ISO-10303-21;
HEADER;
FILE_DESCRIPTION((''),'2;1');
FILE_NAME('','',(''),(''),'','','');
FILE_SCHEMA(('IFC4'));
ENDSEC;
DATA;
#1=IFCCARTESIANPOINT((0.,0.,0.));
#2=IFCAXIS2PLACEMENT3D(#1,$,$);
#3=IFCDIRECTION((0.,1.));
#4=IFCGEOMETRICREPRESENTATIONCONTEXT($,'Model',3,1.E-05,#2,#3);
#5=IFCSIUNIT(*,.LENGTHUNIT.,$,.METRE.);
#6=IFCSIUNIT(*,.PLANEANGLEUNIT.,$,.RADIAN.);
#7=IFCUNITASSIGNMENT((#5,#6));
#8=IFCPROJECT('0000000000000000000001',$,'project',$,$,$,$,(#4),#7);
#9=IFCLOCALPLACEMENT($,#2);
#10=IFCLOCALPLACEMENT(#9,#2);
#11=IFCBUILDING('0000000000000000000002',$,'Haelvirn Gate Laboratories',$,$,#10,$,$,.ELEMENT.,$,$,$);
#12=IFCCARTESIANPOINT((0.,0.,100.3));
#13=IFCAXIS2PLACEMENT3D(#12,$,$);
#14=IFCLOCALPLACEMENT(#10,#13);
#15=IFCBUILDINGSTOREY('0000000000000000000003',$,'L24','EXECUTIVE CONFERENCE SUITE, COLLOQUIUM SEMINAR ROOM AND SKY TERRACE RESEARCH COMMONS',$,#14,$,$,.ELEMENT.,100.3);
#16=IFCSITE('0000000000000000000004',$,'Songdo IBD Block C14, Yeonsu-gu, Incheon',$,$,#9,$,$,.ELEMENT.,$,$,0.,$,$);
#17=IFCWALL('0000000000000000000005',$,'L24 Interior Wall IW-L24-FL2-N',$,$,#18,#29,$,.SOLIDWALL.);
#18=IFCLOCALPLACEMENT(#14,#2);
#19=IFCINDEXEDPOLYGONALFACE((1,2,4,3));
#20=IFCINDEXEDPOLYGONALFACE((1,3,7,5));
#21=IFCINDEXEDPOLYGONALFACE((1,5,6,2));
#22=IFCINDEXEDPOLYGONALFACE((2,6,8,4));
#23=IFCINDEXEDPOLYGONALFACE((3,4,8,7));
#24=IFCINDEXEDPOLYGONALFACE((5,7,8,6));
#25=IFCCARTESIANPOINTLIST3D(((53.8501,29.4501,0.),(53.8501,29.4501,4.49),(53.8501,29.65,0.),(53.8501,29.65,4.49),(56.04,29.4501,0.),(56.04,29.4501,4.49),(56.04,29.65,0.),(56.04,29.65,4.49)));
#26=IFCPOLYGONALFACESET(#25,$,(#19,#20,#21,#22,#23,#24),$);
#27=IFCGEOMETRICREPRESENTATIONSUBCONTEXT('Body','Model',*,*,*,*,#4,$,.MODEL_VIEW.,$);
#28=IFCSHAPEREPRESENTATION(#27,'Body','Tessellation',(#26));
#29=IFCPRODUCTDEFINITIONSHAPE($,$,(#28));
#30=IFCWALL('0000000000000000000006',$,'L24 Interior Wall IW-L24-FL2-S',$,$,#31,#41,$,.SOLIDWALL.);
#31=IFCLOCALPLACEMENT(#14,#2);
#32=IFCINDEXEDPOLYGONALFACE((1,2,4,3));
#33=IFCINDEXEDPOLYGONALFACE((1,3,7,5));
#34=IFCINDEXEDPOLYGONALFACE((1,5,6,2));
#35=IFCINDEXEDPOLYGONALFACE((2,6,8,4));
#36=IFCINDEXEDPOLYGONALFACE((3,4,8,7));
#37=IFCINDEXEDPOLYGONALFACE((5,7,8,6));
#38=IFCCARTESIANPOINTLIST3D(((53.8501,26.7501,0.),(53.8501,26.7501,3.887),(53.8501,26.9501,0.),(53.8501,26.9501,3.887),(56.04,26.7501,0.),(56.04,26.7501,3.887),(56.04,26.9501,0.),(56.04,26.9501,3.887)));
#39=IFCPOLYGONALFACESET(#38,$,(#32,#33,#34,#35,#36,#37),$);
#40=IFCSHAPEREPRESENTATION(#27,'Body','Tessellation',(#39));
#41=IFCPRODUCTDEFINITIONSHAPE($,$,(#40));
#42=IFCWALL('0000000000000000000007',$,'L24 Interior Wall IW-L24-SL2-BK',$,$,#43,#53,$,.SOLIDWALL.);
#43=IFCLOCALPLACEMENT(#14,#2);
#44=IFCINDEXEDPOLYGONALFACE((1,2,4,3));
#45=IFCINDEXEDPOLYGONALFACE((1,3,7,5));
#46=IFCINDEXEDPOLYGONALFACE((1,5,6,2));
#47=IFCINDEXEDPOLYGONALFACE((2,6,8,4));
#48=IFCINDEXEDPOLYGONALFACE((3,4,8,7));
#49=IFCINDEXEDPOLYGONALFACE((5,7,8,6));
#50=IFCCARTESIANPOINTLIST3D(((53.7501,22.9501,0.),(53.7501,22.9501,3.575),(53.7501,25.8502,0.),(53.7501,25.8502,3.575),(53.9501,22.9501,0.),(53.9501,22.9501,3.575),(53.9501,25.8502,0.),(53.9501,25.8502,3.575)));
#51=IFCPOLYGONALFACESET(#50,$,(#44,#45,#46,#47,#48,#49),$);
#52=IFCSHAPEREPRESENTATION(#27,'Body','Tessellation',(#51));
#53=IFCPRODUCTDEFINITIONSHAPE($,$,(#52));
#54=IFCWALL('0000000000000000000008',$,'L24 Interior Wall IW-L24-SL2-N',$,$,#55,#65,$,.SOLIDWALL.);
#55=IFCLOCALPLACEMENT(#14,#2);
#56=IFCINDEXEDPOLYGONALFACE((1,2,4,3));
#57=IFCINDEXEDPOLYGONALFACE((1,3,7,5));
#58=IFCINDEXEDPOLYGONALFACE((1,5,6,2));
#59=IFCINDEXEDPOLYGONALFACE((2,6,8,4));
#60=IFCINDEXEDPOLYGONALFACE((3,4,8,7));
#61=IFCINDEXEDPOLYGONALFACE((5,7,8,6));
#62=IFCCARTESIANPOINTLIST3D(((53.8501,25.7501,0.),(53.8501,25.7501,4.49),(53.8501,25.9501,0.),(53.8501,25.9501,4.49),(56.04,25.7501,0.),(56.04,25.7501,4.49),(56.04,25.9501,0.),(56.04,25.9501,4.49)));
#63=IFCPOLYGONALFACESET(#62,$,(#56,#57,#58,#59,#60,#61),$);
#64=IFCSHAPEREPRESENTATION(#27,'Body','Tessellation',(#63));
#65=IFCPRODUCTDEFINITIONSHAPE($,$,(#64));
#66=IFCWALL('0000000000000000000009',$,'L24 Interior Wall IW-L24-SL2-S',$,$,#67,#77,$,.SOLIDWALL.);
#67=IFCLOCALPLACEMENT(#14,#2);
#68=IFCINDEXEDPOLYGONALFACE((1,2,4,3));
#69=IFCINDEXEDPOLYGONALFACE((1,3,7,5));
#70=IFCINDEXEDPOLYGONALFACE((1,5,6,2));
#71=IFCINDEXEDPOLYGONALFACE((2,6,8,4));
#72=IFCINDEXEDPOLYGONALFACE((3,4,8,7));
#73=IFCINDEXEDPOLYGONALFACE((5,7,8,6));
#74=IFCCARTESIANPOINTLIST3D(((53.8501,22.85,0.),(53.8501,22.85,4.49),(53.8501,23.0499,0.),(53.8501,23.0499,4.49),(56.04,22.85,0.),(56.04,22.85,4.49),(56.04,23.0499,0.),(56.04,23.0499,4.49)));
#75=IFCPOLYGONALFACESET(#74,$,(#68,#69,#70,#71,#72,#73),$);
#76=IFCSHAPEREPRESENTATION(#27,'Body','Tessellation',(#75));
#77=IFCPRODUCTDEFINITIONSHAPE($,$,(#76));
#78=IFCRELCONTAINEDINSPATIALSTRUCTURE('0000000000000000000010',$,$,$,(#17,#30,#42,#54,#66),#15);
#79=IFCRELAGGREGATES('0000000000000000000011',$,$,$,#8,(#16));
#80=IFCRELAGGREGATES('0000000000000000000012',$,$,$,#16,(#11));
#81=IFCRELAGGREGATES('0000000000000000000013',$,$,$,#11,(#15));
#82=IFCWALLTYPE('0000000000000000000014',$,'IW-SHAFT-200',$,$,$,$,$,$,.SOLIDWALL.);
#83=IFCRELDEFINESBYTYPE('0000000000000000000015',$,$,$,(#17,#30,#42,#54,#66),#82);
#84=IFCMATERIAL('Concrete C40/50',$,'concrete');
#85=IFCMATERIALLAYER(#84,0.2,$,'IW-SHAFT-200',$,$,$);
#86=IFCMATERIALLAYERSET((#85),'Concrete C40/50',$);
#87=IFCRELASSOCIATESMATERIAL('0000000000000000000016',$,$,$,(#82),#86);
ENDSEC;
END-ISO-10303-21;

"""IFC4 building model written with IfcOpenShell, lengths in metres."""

from ifc_helpers import new_model, si_unit, direction, frame, frame_2d, origin, place, context, subcontext, project, spatial, rectangle, extrude, material, layer, layer_set, type_object, element, save


model = new_model("IFC4")

# Units and contexts
model_context = context("Model", 3, precision=1e-05, world=origin(), true_north=direction((0.0, 1.0)))
body_context = subcontext(model_context, "Body", "Model", "MODEL_VIEW")
ifc_project = project(units=[si_unit("LENGTHUNIT", "METRE"), si_unit("PLANEANGLEUNIT", "RADIAN")], contexts=[model_context])

# Site, building, storey
site_placement = place(None, origin())
site = spatial("IfcSite", under=ifc_project, at=site_placement, Name="Songdo IBD Block C14, Yeonsu-gu, Incheon", CompositionType="ELEMENT", RefElevation=0.0)
building_placement = place(site_placement, origin())
building = spatial("IfcBuilding", under=site, at=building_placement, Name="Haelvirn Gate Laboratories", CompositionType="ELEMENT")
storey_placement = place(building_placement, frame((0.0, 0.0, 100.3)))
storey = spatial("IfcBuildingStorey", under=building, at=storey_placement, Name="L24", Description="EXECUTIVE CONFERENCE SUITE, COLLOQUIUM SEMINAR ROOM AND SKY TERRACE RESEARCH COMMONS", CompositionType="ELEMENT", Elevation=100.3)

# Walls
ifc_material_1 = material(Name="Concrete C40/50", Category="concrete")
ifc_layer_1 = layer(ifc_material_1, 0.2, Name="IW-SHAFT-200")
ifc_layer_set_1 = layer_set([ifc_layer_1], Name="Concrete C40/50")
wall_type_1 = type_object("IfcWallType", Name="IW-SHAFT-200", PredefinedType="SOLIDWALL", material=ifc_layer_set_1)
wall_1_placement = place(storey_placement, frame((53.8501, 29.55, 0.0), z_axis=(0.0, 0.0, 1.0), x_axis=(1.0, 0.0, 0.0)))
element("IfcWall", 1, at=wall_1_placement, inside=storey, type_object=wall_type_1, Name="L24 Interior Wall IW-L24-FL2-N", PredefinedType="SOLIDWALL", context=body_context, shape_type="SweptSolid", body=[
    extrude(rectangle(XDim=2.1899, YDim=0.2, at=frame_2d((1.095, 0.0))), origin(), (0.0, 0.0, 1.0), 4.49),
])
wall_2_placement = place(storey_placement, frame((53.8501, 26.8501, 0.0), z_axis=(0.0, 0.0, 1.0), x_axis=(1.0, 0.0, 0.0)))
element("IfcWall", 2, at=wall_2_placement, inside=storey, type_object=wall_type_1, Name="L24 Interior Wall IW-L24-FL2-S", PredefinedType="SOLIDWALL", context=body_context, shape_type="SweptSolid", body=[
    extrude(rectangle(XDim=2.1899, YDim=0.2, at=frame_2d((1.095, 0.0))), origin(), (0.0, 0.0, 1.0), 3.887),
])
wall_3_placement = place(storey_placement, frame((53.8501, 22.95, 0.0), z_axis=(0.0, 0.0, 1.0), x_axis=(0.0, 1.0, 0.0)))
element("IfcWall", 3, at=wall_3_placement, inside=storey, type_object=wall_type_1, Name="L24 Interior Wall IW-L24-SL2-BK", PredefinedType="SOLIDWALL", context=body_context, shape_type="SweptSolid", body=[
    extrude(rectangle(XDim=2.9001, YDim=0.2, at=frame_2d((1.4502, 0.0))), origin(), (0.0, 0.0, 1.0), 3.575),
])
for number, where, z_axis, x_axis, name in (
    (4, (53.8501, 25.8501, 0.0), (0.0, 0.0, 1.0), (1.0, 0.0, 0.0), "L24 Interior Wall IW-L24-SL2-N"),
    (5, (53.8501, 22.95, 0.0), (0.0, 0.0, 1.0), (1.0, 0.0, 0.0), "L24 Interior Wall IW-L24-SL2-S"),
):
    element("IfcWall", number, at=place(storey_placement, frame(where, z_axis=z_axis, x_axis=x_axis)), inside=storey, type_object=wall_type_1, Name=name, PredefinedType="SOLIDWALL", context=body_context, shape_type="SweptSolid", body=[
        extrude(rectangle(XDim=2.1899, YDim=0.2, at=frame_2d((1.095, 0.0))), origin(), (0.0, 0.0, 1.0), 4.49),
    ])

save(model, "model.ifc")
